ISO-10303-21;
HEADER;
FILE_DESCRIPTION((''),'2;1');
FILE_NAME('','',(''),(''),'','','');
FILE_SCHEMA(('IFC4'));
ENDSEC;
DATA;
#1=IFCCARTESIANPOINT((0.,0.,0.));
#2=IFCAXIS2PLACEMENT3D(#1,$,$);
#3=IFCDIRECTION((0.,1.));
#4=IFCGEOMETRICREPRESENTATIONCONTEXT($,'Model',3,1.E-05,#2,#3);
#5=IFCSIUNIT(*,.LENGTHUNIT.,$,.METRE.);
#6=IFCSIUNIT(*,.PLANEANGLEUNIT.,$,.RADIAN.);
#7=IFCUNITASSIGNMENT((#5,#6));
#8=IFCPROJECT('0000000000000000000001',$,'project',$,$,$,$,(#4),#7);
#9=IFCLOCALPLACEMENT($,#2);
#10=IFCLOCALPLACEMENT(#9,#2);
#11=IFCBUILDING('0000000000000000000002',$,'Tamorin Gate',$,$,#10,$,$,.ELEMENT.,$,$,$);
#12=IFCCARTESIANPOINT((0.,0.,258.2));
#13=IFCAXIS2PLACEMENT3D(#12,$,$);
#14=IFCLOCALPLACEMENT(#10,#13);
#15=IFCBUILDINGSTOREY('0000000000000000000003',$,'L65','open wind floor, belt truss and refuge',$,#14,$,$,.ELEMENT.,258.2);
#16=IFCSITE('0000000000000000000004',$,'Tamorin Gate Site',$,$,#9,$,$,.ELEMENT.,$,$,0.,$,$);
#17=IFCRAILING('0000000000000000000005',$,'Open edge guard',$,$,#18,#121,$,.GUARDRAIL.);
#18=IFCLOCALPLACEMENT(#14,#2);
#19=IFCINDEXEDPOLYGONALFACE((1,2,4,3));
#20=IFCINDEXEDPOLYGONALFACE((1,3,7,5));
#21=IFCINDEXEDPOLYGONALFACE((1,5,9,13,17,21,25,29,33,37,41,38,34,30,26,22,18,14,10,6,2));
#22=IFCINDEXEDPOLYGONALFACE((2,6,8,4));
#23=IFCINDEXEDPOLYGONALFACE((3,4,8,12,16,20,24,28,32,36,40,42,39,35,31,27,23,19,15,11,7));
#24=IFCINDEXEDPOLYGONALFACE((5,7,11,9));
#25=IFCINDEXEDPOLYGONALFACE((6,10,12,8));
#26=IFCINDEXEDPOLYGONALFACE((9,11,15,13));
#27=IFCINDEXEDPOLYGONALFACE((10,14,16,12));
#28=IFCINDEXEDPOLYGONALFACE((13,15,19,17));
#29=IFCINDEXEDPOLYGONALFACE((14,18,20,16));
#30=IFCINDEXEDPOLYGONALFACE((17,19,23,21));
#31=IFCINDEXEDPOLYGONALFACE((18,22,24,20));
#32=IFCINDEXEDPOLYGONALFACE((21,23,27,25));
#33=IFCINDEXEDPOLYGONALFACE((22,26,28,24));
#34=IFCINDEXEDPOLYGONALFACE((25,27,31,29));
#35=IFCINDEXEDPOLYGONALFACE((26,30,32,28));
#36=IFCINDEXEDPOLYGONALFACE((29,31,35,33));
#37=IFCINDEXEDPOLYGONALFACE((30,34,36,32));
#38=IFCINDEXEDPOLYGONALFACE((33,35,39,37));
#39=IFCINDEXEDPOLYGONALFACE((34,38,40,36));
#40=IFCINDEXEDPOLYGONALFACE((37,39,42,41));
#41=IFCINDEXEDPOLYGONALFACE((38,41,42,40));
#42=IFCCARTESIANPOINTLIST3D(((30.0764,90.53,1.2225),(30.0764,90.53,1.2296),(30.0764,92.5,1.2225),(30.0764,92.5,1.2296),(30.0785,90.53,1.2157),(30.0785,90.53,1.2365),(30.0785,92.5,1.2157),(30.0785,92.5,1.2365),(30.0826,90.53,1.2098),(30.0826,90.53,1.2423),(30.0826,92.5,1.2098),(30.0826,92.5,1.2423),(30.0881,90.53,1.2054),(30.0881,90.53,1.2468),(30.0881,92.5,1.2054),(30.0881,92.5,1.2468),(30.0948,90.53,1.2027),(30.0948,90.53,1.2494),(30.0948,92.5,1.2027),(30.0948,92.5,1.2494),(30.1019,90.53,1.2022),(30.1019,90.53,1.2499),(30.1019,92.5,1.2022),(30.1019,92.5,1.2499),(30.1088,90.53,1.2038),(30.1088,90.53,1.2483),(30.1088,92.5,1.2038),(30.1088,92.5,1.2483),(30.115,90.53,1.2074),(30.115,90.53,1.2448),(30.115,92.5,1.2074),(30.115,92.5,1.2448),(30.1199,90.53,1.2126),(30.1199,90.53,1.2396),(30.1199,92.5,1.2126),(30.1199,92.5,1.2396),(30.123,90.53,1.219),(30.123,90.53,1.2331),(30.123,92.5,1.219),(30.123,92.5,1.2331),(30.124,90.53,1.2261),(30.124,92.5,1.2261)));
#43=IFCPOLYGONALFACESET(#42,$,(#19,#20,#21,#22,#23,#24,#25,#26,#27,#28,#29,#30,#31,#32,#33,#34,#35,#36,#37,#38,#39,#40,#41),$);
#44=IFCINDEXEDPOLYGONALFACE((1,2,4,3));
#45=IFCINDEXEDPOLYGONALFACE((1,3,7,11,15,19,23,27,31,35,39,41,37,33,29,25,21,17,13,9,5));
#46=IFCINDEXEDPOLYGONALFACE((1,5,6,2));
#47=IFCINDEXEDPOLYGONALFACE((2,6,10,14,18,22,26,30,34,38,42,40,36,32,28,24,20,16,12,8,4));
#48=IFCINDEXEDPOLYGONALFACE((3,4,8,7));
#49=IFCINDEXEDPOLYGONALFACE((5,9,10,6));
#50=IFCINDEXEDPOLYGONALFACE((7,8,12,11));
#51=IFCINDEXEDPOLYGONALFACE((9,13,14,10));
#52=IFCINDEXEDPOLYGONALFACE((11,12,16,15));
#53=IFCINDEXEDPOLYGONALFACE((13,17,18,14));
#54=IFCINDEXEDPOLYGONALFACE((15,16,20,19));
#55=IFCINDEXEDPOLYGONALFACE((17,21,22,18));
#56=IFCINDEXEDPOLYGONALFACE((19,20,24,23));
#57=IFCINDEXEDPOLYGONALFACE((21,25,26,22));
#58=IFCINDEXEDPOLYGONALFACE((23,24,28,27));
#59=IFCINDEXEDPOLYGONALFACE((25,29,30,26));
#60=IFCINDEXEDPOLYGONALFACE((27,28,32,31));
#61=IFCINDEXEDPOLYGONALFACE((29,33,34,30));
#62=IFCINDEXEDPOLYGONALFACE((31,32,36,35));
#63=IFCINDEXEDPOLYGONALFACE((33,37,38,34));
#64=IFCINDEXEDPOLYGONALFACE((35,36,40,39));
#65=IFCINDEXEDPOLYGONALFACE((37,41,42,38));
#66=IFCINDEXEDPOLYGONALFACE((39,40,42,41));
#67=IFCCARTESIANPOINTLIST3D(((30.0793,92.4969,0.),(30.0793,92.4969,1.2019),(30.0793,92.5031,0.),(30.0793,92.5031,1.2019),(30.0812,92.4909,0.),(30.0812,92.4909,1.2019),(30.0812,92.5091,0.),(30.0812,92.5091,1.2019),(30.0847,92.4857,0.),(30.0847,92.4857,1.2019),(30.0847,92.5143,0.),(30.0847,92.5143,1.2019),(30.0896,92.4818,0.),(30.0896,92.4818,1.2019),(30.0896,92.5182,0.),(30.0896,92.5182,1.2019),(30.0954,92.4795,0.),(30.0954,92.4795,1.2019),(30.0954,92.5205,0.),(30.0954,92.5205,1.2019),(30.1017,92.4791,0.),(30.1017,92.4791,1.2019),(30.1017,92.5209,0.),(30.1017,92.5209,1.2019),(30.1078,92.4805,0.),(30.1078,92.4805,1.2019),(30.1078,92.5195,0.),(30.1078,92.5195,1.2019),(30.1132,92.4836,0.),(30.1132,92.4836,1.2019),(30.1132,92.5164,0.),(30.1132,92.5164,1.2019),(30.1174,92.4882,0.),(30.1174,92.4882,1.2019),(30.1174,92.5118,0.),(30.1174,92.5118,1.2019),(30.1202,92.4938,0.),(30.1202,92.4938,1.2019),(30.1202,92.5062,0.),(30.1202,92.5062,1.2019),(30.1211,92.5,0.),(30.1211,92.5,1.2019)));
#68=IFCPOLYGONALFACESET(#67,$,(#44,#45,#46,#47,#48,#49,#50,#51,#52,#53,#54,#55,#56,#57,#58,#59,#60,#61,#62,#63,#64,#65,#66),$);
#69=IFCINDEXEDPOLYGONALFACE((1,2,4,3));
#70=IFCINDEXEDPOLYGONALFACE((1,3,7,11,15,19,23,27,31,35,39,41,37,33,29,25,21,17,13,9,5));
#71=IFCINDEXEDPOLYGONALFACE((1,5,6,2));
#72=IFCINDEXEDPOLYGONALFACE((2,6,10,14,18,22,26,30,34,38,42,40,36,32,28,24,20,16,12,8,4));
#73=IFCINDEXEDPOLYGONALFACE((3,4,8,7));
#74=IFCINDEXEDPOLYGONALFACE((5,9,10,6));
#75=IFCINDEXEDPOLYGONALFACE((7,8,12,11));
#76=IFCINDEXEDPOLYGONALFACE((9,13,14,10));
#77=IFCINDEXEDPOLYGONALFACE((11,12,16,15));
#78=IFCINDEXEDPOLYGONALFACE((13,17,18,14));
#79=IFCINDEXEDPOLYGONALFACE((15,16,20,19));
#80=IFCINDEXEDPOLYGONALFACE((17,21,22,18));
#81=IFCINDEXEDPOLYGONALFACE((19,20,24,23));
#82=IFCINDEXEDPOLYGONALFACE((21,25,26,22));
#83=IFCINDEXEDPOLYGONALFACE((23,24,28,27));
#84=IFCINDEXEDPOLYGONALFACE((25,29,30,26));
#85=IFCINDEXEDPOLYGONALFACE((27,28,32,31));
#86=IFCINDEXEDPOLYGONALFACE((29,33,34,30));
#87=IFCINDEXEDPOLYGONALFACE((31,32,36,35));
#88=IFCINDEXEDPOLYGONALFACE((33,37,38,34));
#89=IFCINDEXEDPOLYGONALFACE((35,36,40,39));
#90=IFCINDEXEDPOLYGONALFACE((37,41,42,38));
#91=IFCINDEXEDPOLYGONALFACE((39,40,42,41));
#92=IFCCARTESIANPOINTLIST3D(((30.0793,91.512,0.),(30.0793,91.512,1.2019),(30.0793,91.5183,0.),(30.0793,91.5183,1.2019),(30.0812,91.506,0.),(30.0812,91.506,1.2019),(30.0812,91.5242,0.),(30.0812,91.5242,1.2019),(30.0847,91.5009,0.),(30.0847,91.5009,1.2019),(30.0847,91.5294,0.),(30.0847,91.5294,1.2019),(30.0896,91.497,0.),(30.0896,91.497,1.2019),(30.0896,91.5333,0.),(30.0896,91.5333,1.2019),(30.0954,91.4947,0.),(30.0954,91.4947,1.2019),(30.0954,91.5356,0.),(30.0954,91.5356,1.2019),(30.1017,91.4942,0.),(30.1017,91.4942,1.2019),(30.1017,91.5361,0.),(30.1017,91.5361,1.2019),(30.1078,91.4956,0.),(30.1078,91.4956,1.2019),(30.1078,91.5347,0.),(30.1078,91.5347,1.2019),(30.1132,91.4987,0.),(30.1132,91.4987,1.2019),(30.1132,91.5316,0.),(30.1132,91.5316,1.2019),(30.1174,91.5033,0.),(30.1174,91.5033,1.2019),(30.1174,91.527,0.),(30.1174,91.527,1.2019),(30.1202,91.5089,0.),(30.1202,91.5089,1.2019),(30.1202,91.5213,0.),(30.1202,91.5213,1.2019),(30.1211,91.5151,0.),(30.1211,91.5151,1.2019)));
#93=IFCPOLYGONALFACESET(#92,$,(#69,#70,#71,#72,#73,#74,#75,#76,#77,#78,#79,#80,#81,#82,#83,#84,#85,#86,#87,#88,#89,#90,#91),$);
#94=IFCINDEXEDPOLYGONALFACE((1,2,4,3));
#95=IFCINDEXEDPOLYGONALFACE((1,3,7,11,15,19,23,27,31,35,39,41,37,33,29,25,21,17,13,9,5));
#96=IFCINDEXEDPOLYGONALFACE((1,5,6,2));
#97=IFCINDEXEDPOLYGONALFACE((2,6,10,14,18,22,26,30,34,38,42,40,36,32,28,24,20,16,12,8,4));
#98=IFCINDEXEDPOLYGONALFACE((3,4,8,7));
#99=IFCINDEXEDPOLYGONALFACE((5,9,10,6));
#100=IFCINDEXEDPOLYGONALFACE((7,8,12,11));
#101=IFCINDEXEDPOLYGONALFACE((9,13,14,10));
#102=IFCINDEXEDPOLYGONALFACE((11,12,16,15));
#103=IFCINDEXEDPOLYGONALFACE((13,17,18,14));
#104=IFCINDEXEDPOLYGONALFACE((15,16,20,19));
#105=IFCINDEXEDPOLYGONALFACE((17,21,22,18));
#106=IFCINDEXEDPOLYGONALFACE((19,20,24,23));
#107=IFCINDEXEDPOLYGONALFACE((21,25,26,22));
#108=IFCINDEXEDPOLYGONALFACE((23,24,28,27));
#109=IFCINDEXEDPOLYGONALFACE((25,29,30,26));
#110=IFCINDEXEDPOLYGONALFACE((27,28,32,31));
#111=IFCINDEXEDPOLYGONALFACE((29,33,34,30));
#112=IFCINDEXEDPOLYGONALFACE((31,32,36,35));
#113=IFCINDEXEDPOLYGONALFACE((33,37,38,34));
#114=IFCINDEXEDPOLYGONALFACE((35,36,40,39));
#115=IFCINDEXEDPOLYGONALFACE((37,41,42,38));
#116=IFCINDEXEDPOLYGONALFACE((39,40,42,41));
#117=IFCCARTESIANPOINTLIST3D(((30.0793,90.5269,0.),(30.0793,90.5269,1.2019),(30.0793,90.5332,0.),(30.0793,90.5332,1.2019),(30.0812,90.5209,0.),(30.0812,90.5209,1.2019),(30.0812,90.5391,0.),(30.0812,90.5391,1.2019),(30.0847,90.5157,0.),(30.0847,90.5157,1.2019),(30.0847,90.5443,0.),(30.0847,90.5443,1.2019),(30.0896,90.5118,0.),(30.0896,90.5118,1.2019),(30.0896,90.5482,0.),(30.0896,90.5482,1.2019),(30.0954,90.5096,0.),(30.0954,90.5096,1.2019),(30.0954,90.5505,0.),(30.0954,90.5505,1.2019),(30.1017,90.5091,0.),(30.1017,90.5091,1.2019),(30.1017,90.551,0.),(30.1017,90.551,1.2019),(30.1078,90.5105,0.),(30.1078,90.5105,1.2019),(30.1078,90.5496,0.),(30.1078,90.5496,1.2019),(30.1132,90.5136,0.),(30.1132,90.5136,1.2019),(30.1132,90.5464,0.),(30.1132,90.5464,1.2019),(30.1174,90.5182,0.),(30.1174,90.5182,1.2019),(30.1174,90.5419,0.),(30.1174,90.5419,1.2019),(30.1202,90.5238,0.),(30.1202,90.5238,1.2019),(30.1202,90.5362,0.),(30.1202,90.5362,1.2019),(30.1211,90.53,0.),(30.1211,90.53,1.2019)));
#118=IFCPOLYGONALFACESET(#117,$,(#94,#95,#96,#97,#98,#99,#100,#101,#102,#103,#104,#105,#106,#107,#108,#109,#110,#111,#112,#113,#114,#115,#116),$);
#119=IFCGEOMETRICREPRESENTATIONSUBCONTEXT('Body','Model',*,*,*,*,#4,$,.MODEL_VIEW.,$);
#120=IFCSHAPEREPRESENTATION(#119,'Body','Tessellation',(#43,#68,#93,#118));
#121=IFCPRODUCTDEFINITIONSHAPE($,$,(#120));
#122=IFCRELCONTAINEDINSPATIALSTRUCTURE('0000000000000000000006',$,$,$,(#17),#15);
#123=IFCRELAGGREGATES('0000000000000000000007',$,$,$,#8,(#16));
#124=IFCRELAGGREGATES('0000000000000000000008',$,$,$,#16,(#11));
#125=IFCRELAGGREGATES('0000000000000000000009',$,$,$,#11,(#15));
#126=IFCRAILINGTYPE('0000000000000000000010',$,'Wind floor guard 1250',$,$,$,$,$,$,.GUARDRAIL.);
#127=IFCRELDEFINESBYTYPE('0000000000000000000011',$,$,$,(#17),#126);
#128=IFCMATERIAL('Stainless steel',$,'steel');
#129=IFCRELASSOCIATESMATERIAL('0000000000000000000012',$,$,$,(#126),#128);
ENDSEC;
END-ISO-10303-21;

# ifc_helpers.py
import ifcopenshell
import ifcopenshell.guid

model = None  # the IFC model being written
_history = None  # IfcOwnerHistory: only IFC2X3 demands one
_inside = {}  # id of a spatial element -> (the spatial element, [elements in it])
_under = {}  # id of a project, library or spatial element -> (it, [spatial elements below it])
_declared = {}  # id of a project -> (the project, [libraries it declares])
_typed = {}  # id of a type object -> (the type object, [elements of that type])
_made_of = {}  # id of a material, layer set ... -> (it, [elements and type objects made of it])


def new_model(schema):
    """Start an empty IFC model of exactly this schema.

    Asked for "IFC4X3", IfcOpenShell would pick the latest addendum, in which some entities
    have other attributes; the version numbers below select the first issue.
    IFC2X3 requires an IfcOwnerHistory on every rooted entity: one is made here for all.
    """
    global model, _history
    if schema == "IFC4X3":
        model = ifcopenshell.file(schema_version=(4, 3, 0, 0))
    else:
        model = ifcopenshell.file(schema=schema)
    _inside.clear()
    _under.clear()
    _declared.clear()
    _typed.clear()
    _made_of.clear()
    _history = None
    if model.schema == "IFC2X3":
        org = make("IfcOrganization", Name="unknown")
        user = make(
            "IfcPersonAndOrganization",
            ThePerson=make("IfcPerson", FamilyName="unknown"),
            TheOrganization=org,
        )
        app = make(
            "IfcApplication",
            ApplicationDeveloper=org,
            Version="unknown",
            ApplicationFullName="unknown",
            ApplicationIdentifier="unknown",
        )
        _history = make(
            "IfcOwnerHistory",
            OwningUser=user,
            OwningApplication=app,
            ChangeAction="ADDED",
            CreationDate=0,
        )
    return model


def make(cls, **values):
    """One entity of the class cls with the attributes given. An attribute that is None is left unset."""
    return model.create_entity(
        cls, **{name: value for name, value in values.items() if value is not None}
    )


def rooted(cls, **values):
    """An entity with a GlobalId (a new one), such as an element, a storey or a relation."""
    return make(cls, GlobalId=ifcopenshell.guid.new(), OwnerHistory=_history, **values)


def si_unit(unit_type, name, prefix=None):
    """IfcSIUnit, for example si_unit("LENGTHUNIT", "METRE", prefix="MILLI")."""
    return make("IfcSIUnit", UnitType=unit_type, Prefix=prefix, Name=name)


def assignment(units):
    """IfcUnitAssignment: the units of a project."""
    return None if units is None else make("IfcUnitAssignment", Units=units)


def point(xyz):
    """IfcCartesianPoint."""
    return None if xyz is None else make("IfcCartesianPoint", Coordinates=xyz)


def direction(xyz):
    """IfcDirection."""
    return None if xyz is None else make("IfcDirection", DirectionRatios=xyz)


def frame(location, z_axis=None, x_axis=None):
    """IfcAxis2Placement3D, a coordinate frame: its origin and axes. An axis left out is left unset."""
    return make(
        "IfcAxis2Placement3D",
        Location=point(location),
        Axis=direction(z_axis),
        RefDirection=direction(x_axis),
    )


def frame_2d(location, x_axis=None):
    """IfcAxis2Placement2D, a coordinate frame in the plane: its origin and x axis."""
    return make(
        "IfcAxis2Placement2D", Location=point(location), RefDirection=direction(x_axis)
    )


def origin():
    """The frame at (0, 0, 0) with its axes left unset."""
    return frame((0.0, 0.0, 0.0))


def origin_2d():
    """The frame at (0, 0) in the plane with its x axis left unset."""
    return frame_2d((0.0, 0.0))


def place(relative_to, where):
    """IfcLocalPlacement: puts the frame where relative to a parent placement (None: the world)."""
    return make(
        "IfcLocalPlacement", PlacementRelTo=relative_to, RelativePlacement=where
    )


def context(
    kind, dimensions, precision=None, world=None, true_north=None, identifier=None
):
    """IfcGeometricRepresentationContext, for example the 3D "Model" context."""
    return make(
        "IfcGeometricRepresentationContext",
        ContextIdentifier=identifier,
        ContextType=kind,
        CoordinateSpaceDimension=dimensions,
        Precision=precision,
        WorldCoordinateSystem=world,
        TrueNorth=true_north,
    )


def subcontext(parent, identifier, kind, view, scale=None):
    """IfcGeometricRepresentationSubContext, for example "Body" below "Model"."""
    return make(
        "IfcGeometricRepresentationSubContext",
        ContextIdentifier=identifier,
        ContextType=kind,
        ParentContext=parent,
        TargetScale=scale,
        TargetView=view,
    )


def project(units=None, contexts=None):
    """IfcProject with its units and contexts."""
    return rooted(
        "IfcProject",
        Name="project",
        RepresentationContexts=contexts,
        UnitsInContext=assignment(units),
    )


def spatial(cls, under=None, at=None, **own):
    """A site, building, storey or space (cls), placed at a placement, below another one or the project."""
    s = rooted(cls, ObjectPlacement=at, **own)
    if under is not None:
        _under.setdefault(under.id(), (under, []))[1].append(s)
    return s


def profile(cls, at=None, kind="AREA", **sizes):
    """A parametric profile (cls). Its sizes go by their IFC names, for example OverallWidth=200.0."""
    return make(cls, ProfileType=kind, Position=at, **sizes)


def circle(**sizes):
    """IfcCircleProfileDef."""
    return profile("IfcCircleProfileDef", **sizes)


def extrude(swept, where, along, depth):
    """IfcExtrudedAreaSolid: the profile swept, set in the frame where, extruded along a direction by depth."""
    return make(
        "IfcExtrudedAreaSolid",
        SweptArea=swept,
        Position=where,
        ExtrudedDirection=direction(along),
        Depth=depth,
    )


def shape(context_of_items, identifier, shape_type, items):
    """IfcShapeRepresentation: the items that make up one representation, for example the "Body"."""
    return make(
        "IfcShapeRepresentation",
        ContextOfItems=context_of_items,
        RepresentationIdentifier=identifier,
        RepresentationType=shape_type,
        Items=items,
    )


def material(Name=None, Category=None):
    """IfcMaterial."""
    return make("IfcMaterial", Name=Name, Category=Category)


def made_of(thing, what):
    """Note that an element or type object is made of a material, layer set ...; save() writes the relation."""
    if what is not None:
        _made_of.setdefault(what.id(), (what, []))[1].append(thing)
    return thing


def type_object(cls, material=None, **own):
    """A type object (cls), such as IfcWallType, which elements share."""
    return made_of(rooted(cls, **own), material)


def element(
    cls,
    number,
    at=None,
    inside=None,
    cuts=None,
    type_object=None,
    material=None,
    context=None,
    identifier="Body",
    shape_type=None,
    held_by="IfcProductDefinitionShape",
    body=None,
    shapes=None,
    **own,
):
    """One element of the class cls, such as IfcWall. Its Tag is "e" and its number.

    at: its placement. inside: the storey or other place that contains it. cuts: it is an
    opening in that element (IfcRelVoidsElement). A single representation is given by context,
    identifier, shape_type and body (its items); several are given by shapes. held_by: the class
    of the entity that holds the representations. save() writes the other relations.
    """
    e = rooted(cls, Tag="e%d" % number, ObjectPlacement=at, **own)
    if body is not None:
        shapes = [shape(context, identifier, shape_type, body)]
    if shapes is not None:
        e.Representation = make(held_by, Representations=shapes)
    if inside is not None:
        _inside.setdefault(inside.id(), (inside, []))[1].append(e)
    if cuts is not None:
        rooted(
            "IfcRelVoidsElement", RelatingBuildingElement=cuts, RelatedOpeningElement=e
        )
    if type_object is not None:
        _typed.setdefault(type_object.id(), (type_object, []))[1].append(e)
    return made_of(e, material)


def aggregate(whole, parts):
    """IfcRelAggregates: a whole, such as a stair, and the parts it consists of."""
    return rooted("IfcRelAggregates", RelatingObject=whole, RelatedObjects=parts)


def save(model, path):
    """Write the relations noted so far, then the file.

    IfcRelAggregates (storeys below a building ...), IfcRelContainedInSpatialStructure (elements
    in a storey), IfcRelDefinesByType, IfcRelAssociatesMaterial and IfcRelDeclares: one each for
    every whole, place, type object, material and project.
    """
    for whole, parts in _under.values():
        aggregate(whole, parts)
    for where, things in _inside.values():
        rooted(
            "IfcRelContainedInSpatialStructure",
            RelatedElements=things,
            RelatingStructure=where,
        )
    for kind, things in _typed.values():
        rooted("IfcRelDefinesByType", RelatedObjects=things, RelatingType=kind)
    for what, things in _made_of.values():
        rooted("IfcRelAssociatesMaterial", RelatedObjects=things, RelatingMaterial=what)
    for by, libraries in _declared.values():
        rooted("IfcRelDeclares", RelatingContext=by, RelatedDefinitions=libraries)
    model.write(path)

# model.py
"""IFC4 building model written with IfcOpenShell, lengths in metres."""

from ifc_helpers import new_model, si_unit, direction, frame, origin, origin_2d, place, context, subcontext, project, spatial, circle, extrude, material, type_object, element, save


model = new_model("IFC4")

# Units and contexts
model_context = context("Model", 3, precision=1e-05, world=origin(), true_north=direction((0.0, 1.0)))
body_context = subcontext(model_context, "Body", "Model", "MODEL_VIEW")
ifc_project = project(units=[si_unit("LENGTHUNIT", "METRE"), si_unit("PLANEANGLEUNIT", "RADIAN")], contexts=[model_context])

# Site, building, storey
site_placement = place(None, origin())
site = spatial("IfcSite", under=ifc_project, at=site_placement, Name="Tamorin Gate Site", CompositionType="ELEMENT", RefElevation=0.0)
building_placement = place(site_placement, origin())
building = spatial("IfcBuilding", under=site, at=building_placement, Name="Tamorin Gate", CompositionType="ELEMENT")
storey_placement = place(building_placement, frame((0.0, 0.0, 258.2)))
storey = spatial("IfcBuildingStorey", under=building, at=storey_placement, Name="L65", Description="open wind floor, belt truss and refuge", CompositionType="ELEMENT", Elevation=258.2)

# Railing
ifc_material_1 = material(Name="Stainless steel", Category="steel")
railing_type = type_object("IfcRailingType", Name="Wind floor guard 1250", PredefinedType="GUARDRAIL", material=ifc_material_1)
railing_1_placement = place(storey_placement, frame((30.1001, 92.5, 0.0)))
element("IfcRailing", 1, at=railing_1_placement, inside=storey, type_object=railing_type, Name="Open edge guard", PredefinedType="GUARDRAIL", context=body_context, shape_type="SweptSolid", body=[
    extrude(circle(Radius=0.0239, at=origin_2d()), frame((0.0, 0.0, 1.2261), z_axis=(0.0, -1.0, 0.0), x_axis=(1.0, 0.0, 0.0)), (0.0, 0.0, 1.0), 1.97),
    extrude(circle(Radius=0.021, at=origin_2d()), origin(), (0.0, 0.0, 1.0), 1.2019),
    extrude(circle(Radius=0.021, at=origin_2d()), frame((0.0, -0.9849, 0.0)), (0.0, 0.0, 1.0), 1.2019),
    extrude(circle(Radius=0.021, at=origin_2d()), frame((0.0, -1.97, 0.0)), (0.0, 0.0, 1.0), 1.2019),
])

save(model, "model.ifc")
